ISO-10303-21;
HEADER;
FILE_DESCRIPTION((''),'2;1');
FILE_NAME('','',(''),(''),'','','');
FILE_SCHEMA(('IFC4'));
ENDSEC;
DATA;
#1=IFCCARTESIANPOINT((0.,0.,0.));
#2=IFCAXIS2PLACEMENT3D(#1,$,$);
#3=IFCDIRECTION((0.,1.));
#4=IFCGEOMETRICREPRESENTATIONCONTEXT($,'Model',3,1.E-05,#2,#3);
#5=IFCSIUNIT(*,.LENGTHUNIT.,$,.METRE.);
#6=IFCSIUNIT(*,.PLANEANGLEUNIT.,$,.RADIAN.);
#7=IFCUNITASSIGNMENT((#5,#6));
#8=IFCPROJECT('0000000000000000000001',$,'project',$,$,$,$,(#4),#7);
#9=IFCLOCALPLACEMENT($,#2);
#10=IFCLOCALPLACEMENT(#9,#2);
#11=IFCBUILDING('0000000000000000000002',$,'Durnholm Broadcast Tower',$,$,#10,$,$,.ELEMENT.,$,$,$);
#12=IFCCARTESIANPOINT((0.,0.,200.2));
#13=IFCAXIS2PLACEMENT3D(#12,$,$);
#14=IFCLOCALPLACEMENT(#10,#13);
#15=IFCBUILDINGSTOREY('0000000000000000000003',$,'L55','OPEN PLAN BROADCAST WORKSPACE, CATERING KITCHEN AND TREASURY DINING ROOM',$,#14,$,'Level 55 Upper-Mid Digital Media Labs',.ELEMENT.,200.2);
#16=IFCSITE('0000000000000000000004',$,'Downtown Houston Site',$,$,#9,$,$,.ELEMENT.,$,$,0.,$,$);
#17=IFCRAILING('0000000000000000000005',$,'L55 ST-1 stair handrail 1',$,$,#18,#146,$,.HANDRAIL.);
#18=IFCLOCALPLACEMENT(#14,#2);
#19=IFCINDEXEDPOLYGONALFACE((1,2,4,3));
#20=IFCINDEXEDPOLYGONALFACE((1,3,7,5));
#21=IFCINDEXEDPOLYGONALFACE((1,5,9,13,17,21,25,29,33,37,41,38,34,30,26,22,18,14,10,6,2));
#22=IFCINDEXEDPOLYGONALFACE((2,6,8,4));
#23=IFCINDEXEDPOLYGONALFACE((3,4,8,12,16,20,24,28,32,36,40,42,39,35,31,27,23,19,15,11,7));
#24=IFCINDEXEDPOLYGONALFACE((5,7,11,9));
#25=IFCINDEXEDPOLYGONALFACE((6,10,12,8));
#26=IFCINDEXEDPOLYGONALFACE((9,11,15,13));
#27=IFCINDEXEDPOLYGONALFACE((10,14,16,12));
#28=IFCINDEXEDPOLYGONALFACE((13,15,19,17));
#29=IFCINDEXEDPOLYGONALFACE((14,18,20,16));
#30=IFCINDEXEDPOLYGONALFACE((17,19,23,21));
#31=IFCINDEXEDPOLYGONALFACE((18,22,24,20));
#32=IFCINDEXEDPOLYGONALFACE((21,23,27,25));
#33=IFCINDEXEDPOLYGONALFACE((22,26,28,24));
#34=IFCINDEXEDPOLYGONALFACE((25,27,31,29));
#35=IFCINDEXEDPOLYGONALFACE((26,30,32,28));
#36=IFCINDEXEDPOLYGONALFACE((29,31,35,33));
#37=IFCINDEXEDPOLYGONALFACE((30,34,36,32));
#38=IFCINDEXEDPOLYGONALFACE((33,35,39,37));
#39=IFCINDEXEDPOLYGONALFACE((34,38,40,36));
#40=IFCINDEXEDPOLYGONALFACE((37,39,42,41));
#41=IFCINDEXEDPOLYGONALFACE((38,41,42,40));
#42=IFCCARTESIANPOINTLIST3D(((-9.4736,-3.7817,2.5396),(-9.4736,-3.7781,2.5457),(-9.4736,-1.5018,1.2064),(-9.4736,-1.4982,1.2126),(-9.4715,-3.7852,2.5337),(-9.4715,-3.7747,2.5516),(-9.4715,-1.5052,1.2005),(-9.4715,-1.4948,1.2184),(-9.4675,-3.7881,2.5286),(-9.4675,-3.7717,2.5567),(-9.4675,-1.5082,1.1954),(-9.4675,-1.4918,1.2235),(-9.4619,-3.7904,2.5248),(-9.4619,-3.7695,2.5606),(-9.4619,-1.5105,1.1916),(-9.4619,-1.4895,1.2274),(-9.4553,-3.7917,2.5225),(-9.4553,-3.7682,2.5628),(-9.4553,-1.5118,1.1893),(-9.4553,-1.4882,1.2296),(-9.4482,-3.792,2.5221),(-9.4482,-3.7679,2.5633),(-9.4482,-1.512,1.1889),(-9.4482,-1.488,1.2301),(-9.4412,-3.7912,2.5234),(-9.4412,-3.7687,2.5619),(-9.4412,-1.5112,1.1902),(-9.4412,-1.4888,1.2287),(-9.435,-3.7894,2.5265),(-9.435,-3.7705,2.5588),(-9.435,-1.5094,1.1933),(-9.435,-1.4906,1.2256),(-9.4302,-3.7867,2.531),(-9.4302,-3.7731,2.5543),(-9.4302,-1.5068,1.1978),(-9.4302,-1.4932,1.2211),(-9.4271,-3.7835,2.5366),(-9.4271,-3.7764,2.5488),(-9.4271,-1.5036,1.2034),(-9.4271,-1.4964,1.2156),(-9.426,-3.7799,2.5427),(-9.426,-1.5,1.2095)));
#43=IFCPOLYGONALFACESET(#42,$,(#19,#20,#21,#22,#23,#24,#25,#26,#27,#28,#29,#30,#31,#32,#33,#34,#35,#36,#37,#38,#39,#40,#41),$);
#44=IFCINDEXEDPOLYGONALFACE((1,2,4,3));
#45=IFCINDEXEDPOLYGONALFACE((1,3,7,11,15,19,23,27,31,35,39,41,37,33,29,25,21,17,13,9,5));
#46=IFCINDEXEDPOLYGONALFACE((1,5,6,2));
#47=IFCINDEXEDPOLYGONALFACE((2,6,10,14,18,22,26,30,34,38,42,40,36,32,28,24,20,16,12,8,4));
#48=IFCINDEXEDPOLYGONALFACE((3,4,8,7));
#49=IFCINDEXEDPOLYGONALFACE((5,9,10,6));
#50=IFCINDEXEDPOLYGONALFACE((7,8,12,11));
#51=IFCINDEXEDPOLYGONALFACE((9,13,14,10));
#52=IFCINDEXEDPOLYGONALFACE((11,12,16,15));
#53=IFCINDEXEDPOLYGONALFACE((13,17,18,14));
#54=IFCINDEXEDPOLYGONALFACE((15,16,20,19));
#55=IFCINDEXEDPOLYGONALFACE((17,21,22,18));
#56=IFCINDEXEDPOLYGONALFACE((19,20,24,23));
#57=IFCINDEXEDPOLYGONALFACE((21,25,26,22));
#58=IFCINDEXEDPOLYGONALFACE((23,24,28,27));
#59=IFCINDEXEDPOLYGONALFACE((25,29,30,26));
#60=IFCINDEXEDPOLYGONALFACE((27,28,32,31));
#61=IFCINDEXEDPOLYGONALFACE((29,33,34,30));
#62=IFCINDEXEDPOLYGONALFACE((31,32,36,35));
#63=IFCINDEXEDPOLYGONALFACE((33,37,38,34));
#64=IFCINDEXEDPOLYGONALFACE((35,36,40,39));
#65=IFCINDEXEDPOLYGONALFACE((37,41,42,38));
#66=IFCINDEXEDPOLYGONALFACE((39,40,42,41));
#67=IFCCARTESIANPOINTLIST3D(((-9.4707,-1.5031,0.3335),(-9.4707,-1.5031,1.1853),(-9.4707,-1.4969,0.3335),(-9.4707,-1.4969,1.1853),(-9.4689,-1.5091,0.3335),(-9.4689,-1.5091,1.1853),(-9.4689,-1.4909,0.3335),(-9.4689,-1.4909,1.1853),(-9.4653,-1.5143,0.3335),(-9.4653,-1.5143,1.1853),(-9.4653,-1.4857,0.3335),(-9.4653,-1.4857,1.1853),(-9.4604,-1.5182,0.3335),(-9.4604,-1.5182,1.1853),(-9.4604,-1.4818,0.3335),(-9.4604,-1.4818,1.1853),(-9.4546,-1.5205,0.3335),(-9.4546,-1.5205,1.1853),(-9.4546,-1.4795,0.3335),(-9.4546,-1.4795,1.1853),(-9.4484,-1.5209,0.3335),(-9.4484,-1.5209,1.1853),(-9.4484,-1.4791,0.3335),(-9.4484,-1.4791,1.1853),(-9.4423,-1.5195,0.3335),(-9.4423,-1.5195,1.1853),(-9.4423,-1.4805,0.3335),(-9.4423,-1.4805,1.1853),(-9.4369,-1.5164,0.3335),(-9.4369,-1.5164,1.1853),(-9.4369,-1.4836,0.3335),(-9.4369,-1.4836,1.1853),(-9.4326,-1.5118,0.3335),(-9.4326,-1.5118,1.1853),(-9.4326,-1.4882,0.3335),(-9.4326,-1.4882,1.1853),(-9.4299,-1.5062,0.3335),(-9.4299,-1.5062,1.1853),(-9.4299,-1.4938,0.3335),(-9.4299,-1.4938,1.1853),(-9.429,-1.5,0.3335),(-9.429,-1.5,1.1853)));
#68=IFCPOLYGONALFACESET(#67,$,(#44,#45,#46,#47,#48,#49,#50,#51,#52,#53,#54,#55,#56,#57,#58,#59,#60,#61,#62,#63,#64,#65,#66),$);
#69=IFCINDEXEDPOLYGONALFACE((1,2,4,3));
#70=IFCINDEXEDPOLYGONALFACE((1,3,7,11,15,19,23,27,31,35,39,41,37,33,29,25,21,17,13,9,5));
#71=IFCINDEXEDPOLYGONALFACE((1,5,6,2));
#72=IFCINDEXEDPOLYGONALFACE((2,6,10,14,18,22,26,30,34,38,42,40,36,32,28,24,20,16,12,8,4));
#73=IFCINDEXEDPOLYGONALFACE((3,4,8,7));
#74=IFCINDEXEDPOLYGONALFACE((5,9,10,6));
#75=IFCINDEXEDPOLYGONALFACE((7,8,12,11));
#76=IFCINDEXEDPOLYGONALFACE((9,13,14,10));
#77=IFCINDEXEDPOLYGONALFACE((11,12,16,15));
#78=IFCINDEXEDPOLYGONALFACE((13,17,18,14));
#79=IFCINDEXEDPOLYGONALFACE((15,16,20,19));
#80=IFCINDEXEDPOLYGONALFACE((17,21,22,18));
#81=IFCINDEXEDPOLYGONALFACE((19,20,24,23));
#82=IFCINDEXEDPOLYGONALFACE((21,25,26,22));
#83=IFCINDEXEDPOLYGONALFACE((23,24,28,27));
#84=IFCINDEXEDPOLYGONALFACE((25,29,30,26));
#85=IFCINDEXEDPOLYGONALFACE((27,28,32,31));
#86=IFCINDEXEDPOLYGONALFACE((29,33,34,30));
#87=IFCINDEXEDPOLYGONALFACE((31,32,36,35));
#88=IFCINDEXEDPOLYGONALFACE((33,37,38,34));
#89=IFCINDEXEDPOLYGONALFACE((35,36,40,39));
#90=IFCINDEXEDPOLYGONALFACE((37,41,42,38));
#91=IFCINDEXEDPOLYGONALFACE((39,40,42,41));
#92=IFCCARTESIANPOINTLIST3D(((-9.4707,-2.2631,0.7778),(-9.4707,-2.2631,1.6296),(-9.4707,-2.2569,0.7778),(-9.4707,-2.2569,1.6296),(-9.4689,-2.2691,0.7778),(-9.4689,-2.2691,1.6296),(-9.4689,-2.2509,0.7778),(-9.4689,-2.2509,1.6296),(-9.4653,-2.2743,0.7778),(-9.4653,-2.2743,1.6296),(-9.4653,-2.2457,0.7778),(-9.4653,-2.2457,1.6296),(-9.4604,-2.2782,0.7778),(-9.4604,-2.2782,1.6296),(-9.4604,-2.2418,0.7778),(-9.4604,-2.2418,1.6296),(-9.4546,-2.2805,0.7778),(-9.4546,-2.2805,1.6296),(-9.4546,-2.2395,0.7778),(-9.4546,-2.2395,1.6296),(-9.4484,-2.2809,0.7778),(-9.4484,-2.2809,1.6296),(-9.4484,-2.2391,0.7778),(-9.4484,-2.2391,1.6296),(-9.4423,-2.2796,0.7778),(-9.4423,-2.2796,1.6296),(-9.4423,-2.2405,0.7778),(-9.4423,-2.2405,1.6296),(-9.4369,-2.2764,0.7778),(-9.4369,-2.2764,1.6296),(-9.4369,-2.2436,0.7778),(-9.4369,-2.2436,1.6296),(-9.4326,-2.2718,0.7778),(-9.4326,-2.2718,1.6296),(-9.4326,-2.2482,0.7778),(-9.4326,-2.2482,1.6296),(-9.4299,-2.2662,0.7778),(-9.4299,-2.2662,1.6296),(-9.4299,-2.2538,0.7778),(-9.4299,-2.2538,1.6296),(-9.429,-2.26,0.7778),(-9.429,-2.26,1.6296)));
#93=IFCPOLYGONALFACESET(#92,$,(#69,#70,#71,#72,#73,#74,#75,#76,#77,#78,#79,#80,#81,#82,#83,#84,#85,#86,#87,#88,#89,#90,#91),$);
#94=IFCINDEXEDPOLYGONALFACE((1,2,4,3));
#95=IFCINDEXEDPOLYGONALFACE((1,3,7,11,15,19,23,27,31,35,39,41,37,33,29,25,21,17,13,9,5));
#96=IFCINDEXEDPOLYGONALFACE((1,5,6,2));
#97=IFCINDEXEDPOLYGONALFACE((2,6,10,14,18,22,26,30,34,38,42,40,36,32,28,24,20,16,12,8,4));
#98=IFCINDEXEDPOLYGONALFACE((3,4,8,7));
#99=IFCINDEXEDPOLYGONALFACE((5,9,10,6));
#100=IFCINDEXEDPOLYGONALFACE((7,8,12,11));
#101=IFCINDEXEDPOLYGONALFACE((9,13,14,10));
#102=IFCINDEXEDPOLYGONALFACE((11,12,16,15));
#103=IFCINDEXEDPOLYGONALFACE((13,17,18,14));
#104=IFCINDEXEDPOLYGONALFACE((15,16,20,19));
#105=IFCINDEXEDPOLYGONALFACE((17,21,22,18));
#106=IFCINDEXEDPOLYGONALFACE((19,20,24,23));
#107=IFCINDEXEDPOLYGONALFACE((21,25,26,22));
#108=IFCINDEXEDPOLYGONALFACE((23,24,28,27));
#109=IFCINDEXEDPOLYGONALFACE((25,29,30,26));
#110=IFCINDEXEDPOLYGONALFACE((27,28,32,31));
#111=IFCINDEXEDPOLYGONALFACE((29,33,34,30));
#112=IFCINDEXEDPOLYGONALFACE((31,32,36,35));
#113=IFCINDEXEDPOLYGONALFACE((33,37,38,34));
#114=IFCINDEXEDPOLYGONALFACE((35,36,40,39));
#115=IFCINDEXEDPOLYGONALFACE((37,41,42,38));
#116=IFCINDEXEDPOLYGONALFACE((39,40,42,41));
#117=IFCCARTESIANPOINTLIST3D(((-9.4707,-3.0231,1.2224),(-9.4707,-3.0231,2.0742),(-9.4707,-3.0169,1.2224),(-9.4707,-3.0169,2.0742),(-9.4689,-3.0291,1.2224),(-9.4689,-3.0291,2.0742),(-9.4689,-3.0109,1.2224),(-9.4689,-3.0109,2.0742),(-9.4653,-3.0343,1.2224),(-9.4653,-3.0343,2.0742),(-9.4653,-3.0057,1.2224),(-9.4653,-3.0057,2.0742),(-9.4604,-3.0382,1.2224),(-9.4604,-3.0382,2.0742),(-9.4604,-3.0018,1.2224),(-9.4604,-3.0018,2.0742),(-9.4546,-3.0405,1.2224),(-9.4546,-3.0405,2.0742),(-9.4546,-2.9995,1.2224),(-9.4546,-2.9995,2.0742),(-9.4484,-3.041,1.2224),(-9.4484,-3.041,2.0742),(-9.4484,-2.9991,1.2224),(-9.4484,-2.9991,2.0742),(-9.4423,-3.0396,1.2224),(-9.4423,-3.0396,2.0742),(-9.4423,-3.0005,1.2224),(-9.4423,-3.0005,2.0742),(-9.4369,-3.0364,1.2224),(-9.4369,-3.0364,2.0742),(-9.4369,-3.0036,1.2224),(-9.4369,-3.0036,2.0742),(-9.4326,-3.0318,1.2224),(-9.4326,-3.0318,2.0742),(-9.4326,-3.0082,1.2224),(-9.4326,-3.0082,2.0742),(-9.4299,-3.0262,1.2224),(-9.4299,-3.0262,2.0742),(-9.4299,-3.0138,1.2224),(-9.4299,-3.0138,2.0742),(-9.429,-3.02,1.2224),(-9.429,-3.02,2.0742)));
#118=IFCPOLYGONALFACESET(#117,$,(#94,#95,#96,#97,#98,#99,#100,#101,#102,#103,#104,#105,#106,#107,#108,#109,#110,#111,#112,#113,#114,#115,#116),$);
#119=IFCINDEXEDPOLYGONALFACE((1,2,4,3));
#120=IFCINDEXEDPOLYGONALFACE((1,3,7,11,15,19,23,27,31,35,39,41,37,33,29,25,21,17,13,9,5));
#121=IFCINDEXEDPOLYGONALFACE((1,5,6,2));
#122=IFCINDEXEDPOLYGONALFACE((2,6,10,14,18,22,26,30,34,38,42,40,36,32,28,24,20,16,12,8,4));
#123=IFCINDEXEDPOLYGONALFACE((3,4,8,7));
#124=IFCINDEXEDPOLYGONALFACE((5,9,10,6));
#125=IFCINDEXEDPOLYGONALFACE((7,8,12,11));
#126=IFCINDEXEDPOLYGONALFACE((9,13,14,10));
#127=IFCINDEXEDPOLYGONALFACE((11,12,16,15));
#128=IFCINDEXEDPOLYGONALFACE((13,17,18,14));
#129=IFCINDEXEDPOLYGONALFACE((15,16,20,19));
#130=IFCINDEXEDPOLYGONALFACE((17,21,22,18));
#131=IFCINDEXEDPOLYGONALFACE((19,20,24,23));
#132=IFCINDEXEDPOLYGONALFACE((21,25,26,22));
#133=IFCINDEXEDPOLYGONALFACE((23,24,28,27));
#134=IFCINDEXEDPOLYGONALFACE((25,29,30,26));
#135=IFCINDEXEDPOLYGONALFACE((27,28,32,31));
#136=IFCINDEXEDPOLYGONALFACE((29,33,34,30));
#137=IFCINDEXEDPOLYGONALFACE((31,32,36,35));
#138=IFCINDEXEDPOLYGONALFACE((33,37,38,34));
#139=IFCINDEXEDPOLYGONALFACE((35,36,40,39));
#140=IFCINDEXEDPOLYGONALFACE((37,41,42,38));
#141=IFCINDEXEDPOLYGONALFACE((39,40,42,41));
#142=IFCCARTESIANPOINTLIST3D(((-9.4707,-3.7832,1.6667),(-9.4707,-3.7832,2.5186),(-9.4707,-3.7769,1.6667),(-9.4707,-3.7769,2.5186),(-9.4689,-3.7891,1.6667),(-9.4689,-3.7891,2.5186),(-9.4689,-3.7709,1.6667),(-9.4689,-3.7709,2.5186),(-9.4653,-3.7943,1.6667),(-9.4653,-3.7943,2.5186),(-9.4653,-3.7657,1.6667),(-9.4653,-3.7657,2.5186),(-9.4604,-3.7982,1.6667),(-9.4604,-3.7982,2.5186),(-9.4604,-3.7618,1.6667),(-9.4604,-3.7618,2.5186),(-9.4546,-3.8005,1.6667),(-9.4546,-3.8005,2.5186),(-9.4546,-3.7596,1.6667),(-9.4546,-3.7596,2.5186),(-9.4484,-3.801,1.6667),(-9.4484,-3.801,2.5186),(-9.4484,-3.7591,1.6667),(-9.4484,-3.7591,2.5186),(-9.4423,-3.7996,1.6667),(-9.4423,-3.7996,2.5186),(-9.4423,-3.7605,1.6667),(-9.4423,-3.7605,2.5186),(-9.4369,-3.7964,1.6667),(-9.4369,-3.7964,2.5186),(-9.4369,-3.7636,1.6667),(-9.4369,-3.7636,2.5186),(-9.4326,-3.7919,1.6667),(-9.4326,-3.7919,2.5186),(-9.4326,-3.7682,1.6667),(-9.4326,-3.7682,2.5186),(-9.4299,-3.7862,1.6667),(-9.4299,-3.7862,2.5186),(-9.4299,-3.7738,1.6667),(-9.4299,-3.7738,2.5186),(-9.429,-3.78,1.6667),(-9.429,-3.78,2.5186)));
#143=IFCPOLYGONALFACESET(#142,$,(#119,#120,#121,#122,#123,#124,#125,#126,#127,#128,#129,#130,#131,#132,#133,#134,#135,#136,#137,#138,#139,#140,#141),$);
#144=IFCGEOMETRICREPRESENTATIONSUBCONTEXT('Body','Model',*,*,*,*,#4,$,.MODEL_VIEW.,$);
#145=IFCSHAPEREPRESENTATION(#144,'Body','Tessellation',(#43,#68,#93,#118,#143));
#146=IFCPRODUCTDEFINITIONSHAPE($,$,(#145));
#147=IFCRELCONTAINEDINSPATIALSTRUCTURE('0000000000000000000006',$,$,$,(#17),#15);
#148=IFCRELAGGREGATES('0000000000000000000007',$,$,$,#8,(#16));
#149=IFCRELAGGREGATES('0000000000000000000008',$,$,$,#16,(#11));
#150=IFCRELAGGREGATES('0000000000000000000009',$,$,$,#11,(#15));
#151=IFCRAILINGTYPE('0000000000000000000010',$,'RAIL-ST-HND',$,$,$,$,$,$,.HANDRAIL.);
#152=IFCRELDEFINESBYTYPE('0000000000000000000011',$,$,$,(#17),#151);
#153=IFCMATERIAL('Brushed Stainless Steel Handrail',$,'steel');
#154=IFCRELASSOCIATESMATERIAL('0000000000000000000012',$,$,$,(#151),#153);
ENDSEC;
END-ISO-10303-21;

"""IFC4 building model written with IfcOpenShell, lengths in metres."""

from ifc_helpers import new_model, si_unit, direction, frame, origin, origin_2d, place, context, subcontext, project, spatial, circle, extrude, material, type_object, element, save


model = new_model("IFC4")

# Units and contexts
model_context = context("Model", 3, precision=1e-05, world=origin(), true_north=direction((0.0, 1.0)))
body_context = subcontext(model_context, "Body", "Model", "MODEL_VIEW")
ifc_project = project(units=[si_unit("LENGTHUNIT", "METRE"), si_unit("PLANEANGLEUNIT", "RADIAN")], contexts=[model_context])

# Site, building, storey
site_placement = place(None, origin())
site = spatial("IfcSite", under=ifc_project, at=site_placement, Name="Downtown Houston Site", CompositionType="ELEMENT", RefElevation=0.0)
building_placement = place(site_placement, origin())
building = spatial("IfcBuilding", under=site, at=building_placement, Name="Durnholm Broadcast Tower", CompositionType="ELEMENT")
storey_placement = place(building_placement, frame((0.0, 0.0, 200.2)))
storey = spatial("IfcBuildingStorey", under=building, at=storey_placement, Name="L55", Description="OPEN PLAN BROADCAST WORKSPACE, CATERING KITCHEN AND TREASURY DINING ROOM", LongName="Level 55 Upper-Mid Digital Media Labs", CompositionType="ELEMENT", Elevation=200.2)

# Railing
ifc_material_1 = material(Name="Brushed Stainless Steel Handrail", Category="steel")
railing_type_1 = type_object("IfcRailingType", Name="RAIL-ST-HND", PredefinedType="HANDRAIL", material=ifc_material_1)
railing_1_placement = place(storey_placement, frame((-9.45, -1.5, 0.3335)))
element("IfcRailing", 1, at=railing_1_placement, inside=storey, type_object=railing_type_1, Name="L55 ST-1 stair handrail 1", PredefinedType="HANDRAIL", context=body_context, shape_type="SweptSolid", body=[
    extrude(circle(Radius=0.0239, at=origin_2d()), frame((0.0, 0.0, 0.876), z_axis=(0.0, -0.863245, 0.504785), x_axis=(1.0, 0.0, 0.0)), (0.0, 0.0, 1.0), 2.6411),
    extrude(circle(Radius=0.021, at=origin_2d()), origin(), (0.0, 0.0, 1.0), 0.8518),
    extrude(circle(Radius=0.021, at=origin_2d()), frame((0.0, -0.76, 0.4443)), (0.0, 0.0, 1.0), 0.8518),
    extrude(circle(Radius=0.021, at=origin_2d()), frame((0.0, -1.52, 0.8889)), (0.0, 0.0, 1.0), 0.8518),
    extrude(circle(Radius=0.021, at=origin_2d()), frame((0.0, -2.28, 1.3333)), (0.0, 0.0, 1.0), 0.8518),
])

save(model, "model.ifc")
